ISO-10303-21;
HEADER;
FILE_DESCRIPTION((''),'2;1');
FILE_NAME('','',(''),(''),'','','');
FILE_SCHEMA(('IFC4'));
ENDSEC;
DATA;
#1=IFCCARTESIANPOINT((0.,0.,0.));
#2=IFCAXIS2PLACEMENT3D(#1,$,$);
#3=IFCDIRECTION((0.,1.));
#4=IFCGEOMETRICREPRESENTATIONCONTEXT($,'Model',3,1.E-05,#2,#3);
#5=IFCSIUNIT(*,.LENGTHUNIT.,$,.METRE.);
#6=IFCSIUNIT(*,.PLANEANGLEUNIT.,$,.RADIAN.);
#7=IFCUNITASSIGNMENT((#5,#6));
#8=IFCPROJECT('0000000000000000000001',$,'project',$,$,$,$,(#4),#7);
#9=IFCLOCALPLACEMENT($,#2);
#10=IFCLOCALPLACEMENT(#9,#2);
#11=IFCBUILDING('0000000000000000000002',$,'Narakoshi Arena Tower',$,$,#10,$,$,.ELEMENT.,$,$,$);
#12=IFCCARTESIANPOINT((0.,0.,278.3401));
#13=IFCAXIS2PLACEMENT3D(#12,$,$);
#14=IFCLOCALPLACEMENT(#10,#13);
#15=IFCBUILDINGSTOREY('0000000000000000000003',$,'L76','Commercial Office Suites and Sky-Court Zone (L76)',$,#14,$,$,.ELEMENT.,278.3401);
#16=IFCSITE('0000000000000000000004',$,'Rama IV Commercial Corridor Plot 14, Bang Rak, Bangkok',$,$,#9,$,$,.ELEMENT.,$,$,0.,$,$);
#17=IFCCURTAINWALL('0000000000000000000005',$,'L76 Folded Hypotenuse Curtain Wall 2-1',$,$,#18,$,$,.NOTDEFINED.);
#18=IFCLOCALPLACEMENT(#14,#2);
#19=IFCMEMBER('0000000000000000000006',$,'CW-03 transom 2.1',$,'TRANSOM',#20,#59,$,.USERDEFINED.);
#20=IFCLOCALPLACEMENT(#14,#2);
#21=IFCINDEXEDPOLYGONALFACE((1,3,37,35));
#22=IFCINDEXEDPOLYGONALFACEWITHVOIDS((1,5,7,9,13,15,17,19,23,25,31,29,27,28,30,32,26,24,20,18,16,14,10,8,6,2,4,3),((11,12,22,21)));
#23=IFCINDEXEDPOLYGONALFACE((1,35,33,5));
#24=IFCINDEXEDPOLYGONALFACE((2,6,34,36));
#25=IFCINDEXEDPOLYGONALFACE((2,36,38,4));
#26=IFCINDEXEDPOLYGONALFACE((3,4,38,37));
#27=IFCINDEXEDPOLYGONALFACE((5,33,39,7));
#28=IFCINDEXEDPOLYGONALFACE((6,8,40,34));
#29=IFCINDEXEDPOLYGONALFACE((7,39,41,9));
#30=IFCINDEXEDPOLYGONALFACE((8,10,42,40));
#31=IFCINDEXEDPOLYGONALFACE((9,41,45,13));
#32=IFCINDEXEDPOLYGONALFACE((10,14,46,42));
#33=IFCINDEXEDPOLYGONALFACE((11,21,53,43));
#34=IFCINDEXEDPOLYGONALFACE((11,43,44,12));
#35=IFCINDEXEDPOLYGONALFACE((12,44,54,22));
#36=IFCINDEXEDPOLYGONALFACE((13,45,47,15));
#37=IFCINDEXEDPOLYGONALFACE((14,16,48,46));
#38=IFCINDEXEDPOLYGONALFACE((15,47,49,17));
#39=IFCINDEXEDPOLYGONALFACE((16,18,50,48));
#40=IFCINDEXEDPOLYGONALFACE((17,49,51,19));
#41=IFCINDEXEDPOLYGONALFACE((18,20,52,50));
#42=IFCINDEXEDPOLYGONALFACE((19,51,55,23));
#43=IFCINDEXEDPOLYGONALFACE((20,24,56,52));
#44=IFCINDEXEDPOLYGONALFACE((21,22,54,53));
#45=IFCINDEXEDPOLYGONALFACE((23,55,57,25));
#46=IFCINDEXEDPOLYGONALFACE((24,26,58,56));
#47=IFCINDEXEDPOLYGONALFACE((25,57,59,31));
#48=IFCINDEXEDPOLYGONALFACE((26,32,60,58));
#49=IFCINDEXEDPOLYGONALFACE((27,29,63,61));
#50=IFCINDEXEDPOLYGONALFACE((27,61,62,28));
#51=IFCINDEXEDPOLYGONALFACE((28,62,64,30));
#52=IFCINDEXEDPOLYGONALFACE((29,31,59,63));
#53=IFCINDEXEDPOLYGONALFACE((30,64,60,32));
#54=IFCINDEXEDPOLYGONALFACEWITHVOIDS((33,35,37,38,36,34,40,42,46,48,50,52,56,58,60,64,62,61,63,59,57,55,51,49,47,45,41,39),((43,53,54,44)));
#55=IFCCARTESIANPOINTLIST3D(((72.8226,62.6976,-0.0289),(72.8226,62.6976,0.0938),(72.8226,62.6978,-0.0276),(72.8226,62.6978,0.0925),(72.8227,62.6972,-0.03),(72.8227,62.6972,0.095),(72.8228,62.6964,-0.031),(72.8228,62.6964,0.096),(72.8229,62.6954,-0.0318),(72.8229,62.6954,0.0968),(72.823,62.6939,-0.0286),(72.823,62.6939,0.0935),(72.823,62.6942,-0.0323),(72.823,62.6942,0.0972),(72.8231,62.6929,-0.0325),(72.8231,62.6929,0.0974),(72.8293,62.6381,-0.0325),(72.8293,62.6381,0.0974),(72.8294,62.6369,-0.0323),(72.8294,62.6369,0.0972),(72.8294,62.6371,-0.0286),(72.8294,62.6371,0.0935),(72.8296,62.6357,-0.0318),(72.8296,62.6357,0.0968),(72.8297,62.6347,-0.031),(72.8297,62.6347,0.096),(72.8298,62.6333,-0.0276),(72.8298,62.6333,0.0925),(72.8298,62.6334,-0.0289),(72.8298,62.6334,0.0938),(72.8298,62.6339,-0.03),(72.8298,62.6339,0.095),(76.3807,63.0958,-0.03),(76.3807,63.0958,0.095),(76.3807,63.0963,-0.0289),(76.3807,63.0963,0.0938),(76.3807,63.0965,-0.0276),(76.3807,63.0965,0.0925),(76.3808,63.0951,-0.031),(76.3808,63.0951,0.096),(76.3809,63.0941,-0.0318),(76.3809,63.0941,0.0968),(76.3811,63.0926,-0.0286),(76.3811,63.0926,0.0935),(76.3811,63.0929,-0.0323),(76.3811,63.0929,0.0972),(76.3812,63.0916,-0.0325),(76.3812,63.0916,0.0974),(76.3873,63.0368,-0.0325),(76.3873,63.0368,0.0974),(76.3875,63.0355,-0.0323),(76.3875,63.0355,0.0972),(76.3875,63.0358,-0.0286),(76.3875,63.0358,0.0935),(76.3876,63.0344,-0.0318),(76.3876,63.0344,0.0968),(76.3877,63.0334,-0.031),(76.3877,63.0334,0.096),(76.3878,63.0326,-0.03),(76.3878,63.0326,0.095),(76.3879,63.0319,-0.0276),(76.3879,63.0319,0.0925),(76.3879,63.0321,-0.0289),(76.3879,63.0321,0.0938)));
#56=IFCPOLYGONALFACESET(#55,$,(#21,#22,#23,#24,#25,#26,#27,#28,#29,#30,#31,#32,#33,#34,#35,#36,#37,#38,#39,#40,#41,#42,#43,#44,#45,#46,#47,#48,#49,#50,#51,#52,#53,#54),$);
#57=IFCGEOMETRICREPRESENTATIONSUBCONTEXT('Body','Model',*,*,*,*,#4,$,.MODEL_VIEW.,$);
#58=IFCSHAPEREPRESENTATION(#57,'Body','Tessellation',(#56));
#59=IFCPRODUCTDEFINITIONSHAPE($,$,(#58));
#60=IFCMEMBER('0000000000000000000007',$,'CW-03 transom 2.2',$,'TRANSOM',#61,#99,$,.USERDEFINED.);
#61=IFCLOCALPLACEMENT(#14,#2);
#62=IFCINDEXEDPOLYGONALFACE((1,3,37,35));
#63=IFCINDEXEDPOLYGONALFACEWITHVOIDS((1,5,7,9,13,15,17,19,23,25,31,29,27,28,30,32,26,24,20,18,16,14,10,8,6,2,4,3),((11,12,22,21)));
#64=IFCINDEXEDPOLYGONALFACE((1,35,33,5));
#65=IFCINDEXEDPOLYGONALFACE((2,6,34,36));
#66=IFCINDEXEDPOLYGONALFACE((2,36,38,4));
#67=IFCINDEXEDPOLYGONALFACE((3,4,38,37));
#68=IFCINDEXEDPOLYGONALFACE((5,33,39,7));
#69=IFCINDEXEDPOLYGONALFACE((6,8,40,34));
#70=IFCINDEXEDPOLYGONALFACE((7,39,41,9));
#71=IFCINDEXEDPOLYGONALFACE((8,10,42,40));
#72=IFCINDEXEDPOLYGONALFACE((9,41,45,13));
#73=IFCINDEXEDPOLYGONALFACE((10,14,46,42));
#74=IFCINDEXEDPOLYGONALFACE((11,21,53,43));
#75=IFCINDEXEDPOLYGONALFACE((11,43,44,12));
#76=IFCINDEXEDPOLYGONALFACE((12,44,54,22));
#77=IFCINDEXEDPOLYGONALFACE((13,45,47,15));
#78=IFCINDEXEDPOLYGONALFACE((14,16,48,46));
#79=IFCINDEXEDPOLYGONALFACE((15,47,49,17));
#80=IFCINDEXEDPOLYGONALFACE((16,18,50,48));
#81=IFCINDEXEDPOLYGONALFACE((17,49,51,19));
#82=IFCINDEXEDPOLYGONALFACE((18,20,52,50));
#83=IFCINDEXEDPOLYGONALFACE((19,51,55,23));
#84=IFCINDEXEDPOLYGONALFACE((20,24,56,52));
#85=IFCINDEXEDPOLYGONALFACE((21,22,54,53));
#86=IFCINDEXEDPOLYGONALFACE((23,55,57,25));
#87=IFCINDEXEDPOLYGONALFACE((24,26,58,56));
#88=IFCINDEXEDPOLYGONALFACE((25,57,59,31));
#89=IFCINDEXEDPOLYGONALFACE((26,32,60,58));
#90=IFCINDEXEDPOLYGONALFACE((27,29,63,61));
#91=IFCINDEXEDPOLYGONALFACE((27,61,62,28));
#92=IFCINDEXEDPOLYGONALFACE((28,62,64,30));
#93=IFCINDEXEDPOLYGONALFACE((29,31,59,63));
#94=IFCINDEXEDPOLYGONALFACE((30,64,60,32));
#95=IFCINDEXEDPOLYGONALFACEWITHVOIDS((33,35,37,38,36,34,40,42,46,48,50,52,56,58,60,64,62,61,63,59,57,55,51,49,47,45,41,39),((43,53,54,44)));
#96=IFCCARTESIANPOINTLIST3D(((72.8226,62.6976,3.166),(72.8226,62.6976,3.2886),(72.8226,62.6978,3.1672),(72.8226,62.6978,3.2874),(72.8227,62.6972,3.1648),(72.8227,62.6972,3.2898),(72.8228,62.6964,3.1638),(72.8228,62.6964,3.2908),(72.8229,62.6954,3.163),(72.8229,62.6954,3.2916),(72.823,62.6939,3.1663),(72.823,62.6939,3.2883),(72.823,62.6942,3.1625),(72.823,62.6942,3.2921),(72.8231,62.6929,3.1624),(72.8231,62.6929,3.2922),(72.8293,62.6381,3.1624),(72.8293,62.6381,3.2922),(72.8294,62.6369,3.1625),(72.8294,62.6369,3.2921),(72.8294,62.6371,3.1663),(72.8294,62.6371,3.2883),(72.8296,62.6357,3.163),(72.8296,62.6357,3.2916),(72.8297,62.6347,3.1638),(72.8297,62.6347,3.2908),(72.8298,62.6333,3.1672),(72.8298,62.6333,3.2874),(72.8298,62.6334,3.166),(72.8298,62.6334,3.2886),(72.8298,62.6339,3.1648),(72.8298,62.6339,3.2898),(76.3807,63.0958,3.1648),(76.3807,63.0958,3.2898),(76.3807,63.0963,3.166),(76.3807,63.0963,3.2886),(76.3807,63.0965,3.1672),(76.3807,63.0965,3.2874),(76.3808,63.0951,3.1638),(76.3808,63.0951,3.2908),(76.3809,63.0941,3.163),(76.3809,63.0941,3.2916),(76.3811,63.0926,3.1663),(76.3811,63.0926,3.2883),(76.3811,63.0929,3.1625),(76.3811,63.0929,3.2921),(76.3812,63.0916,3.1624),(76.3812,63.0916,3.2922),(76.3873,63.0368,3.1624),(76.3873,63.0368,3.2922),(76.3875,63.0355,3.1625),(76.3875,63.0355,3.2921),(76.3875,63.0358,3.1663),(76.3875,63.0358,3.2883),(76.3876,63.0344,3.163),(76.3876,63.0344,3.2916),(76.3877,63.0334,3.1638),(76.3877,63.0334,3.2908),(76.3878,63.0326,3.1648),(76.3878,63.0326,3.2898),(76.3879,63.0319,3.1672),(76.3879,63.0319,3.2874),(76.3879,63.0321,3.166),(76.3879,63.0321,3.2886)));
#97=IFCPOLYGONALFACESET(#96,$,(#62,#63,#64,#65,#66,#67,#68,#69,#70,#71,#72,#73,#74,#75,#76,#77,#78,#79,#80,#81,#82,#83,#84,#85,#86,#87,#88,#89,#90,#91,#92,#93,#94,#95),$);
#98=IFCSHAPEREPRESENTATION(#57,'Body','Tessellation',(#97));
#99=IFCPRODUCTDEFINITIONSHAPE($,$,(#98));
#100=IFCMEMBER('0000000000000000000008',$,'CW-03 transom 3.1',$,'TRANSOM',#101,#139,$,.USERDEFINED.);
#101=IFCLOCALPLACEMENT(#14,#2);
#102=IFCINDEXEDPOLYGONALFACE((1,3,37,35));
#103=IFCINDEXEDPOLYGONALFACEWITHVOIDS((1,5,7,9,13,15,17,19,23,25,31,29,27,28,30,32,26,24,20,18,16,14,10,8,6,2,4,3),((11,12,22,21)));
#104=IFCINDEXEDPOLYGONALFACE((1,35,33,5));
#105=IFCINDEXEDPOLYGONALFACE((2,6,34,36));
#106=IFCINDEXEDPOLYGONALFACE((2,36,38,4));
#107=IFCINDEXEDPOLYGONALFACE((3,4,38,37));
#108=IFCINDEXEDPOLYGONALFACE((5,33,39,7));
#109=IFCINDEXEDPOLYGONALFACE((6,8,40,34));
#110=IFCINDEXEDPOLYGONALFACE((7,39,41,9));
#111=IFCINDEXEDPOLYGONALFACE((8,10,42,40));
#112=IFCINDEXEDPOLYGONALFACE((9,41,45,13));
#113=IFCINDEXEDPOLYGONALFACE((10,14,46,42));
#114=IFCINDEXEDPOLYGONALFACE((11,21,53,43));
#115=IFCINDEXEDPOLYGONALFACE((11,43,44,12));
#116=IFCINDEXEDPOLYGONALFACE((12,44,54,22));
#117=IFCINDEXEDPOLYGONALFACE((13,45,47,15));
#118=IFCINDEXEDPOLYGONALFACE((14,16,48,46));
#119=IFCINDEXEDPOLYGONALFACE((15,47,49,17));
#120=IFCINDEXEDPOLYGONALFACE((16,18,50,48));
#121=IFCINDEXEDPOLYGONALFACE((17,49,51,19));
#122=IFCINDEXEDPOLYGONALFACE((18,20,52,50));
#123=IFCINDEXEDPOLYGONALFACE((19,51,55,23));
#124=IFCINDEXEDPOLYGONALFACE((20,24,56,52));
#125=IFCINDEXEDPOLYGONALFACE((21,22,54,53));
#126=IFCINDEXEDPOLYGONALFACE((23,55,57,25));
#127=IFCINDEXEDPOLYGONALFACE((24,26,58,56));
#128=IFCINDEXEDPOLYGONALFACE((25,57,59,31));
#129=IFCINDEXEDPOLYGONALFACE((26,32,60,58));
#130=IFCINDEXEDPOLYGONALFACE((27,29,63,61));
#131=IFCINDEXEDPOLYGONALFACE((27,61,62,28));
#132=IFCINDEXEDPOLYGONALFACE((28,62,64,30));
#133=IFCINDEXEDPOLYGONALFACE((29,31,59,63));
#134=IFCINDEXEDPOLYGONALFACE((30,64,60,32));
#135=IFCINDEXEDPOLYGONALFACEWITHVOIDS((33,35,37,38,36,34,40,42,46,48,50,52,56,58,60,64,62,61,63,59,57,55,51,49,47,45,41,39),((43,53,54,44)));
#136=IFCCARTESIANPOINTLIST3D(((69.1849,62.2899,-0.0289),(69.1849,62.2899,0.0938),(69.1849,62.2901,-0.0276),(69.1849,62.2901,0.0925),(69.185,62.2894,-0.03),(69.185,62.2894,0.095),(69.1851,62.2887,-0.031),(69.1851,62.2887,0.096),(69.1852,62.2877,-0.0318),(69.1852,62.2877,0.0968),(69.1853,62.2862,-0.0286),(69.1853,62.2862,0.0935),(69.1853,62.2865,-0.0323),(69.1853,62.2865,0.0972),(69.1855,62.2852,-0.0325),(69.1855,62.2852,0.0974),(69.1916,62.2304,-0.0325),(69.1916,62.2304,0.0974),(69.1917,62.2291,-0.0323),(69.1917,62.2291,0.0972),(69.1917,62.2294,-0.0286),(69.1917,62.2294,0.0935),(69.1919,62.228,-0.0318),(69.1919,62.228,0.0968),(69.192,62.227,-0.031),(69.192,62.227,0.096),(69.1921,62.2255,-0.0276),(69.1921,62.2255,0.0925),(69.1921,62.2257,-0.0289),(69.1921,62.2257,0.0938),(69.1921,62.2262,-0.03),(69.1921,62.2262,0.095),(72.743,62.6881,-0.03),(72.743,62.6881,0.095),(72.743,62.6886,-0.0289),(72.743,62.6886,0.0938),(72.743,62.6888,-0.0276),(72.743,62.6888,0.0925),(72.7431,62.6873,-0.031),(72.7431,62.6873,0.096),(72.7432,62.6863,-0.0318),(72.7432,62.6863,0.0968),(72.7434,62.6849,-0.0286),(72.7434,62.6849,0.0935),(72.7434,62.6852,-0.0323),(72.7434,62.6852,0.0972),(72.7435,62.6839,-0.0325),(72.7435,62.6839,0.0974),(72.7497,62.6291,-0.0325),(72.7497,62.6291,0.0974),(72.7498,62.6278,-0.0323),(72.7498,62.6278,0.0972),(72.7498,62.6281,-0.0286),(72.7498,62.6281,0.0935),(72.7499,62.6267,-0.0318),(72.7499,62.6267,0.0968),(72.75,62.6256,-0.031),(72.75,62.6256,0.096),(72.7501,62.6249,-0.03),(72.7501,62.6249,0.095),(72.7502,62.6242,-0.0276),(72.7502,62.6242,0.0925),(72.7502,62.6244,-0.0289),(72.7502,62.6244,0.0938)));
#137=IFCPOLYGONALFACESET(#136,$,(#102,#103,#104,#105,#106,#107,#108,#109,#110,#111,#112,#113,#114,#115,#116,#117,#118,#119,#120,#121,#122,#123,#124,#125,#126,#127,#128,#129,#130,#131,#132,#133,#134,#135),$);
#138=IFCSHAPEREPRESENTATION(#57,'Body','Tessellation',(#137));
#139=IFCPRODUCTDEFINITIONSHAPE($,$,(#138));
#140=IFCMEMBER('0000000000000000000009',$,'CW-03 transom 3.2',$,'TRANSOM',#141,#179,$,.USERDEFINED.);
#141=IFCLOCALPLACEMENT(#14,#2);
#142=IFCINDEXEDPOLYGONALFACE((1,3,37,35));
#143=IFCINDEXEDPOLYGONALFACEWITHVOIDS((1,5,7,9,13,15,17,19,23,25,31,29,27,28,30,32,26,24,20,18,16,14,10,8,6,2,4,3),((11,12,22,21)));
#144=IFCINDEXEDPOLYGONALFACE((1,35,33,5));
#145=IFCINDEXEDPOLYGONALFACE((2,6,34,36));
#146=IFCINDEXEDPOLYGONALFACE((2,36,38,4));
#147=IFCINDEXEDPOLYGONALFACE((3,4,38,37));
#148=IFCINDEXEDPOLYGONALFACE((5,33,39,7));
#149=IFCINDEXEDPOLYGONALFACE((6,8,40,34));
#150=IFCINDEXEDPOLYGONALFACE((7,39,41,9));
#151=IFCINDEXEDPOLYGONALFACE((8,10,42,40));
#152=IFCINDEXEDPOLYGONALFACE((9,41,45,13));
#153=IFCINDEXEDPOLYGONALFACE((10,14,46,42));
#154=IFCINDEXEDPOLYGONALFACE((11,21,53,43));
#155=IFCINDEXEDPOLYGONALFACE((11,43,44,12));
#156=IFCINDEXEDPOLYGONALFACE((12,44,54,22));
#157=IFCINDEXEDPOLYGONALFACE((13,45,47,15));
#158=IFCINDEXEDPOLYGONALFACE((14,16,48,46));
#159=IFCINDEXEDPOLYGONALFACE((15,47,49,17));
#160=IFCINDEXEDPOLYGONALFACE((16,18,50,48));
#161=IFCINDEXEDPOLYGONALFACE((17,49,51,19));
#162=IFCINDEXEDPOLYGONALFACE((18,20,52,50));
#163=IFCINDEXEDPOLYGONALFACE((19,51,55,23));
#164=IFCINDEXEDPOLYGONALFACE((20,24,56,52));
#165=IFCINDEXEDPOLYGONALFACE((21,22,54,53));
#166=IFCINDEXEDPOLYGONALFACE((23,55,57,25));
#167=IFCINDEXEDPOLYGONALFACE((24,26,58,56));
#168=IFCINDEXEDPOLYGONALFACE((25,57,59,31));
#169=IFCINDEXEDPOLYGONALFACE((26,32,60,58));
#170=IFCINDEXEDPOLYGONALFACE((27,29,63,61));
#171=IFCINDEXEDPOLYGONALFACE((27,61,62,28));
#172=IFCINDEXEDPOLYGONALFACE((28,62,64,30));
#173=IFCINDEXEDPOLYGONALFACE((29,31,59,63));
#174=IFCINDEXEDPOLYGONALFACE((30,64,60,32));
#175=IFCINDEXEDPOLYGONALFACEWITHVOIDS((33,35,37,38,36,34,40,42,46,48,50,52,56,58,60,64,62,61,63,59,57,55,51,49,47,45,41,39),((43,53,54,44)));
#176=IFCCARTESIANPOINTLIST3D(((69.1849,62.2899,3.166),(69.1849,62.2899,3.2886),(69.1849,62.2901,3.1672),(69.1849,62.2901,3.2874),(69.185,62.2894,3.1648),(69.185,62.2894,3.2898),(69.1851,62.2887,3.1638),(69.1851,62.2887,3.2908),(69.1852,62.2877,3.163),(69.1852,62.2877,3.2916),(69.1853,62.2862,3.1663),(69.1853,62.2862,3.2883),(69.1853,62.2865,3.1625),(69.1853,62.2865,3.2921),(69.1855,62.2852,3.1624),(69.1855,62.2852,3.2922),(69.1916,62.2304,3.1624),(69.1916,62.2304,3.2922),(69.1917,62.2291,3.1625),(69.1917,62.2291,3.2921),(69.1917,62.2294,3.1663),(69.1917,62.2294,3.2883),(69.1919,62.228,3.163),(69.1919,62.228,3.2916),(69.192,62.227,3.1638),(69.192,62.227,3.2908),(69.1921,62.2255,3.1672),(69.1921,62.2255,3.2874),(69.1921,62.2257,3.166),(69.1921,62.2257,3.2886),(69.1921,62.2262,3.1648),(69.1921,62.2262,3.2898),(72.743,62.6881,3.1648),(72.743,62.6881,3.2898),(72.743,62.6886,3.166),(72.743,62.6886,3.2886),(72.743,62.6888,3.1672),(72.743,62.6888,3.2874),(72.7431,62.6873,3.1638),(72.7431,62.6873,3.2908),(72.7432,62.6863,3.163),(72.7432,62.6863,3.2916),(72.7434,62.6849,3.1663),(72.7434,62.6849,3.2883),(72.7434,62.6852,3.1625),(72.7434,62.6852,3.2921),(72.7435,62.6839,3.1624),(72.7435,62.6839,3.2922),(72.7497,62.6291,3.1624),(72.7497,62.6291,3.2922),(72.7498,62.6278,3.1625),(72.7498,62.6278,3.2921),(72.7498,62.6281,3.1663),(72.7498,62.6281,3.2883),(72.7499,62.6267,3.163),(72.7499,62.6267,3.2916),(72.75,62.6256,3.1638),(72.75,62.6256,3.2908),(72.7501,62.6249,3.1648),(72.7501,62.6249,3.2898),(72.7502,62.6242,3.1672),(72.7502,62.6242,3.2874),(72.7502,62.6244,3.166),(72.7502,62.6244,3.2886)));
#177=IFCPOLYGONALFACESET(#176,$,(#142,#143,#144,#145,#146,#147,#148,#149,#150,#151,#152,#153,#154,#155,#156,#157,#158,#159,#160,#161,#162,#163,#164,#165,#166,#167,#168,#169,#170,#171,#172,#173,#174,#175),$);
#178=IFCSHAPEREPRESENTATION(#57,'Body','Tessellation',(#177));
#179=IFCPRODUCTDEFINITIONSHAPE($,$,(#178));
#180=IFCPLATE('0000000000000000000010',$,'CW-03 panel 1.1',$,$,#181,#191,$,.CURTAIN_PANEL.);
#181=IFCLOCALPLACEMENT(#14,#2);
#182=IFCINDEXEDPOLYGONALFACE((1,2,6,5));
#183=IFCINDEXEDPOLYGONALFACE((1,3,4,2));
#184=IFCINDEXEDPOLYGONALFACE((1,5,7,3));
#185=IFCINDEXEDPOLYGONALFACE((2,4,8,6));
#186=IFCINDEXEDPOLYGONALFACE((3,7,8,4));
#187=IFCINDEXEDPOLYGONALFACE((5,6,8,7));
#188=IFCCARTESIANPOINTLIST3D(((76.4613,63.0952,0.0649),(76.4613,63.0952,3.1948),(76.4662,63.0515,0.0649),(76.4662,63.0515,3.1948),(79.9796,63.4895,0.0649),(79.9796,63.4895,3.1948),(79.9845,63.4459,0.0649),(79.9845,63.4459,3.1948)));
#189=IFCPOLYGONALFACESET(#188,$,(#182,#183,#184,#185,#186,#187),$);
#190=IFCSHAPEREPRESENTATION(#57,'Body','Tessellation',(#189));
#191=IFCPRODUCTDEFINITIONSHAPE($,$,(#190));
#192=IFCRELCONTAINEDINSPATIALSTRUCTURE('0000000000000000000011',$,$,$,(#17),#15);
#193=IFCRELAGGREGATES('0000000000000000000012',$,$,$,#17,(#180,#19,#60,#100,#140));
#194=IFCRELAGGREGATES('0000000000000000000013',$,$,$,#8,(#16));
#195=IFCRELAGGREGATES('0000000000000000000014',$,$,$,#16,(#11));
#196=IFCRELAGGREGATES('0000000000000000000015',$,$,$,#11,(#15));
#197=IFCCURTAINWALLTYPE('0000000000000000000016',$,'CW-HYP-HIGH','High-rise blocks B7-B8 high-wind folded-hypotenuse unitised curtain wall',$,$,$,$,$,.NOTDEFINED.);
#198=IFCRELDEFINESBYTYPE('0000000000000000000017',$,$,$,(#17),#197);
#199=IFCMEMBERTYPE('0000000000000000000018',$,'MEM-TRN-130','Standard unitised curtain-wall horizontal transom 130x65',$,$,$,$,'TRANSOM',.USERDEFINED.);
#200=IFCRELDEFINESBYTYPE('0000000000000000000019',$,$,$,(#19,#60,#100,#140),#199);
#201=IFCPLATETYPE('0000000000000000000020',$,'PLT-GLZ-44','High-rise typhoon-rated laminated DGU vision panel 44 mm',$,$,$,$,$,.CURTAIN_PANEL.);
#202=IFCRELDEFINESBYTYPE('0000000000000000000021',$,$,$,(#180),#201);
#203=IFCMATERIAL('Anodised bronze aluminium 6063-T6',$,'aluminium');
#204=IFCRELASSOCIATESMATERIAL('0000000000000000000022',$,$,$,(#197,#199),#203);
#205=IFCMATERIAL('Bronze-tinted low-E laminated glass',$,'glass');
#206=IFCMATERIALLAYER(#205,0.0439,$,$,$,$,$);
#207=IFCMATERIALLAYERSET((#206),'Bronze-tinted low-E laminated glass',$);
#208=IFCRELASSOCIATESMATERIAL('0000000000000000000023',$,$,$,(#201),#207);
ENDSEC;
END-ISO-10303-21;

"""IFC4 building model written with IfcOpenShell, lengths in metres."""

from ifc_helpers import new_model, si_unit, direction, frame, origin, origin_2d, place, context, subcontext, project, spatial, rectangle, hollow_rectangle, extrude, material, layer, layer_set, material_profile, profile_set, type_object, element, aggregate, save


model = new_model("IFC4")

# Units and contexts
model_context = context("Model", 3, precision=1e-05, world=origin(), true_north=direction((0.0, 1.0)))
body_context = subcontext(model_context, "Body", "Model", "MODEL_VIEW")
ifc_project = project(units=[si_unit("LENGTHUNIT", "METRE"), si_unit("PLANEANGLEUNIT", "RADIAN")], contexts=[model_context])

# Site, building, storey
site_placement = place(None, origin())
site = spatial("IfcSite", under=ifc_project, at=site_placement, Name="Rama IV Commercial Corridor Plot 14, Bang Rak, Bangkok", CompositionType="ELEMENT", RefElevation=0.0)
building_placement = place(site_placement, origin())
building = spatial("IfcBuilding", under=site, at=building_placement, Name="Narakoshi Arena Tower", CompositionType="ELEMENT")
storey_placement = place(building_placement, frame((0.0, 0.0, 278.3401)))
storey = spatial("IfcBuildingStorey", under=building, at=storey_placement, Name="L76", Description="Commercial Office Suites and Sky-Court Zone (L76)", CompositionType="ELEMENT", Elevation=278.3401)

# Curtain wall, members, plate
ifc_material_1 = material(Name="Anodised bronze aluminium 6063-T6", Category="aluminium")
curtain_wall_type = type_object("IfcCurtainWallType", Name="CW-HYP-HIGH", Description="High-rise blocks B7-B8 high-wind folded-hypotenuse unitised curtain wall", PredefinedType="NOTDEFINED", material=ifc_material_1)
curtain_wall_placement = place(storey_placement, origin())
curtain_wall = element("IfcCurtainWall", 1, at=curtain_wall_placement, inside=storey, type_object=curtain_wall_type, Name="L76 Folded Hypotenuse Curtain Wall 2-1", PredefinedType="NOTDEFINED")
ifc_material_profile_1 = material_profile(ifc_material_1, hollow_rectangle(XDim=0.0649, YDim=0.1299, WallThickness=0.0039, OuterFilletRadius=0.0049, at=origin_2d()), Name="TRN130x65x4")
ifc_profile_set_1 = profile_set([ifc_material_profile_1], Name="Anodised bronze aluminium 6063-T6")
member_type_1 = type_object("IfcMemberType", Name="MEM-TRN-130", Description="Standard unitised curtain-wall horizontal transom 130x65", ElementType="TRANSOM", PredefinedType="USERDEFINED", material=ifc_profile_set_1)
member_1_placement = place(storey_placement, frame((76.3843, 63.0642, 0.0325), z_axis=(-0.993781, -0.111352, 0.0), x_axis=(0.111352, -0.993781, 0.0)))
member_1 = element("IfcMember", 2, at=member_1_placement, type_object=member_type_1, Name="CW-03 transom 2.1", ObjectType="TRANSOM", PredefinedType="USERDEFINED", context=body_context, shape_type="SweptSolid", body=[
    extrude(hollow_rectangle(XDim=0.0649, YDim=0.1299, WallThickness=0.0039, OuterFilletRadius=0.0049, at=origin_2d()), origin(), (0.0, 0.0, 1.0), 3.5803),
])
member_2_placement = place(storey_placement, frame((76.3843, 63.0642, 3.2273), z_axis=(-0.993781, -0.111352, 0.0), x_axis=(0.111352, -0.993781, 0.0)))
member_2 = element("IfcMember", 3, at=member_2_placement, type_object=member_type_1, Name="CW-03 transom 2.2", ObjectType="TRANSOM", PredefinedType="USERDEFINED", context=body_context, shape_type="SweptSolid", body=[
    extrude(hollow_rectangle(XDim=0.0649, YDim=0.1299, WallThickness=0.0039, OuterFilletRadius=0.0049, at=origin_2d()), origin(), (0.0, 0.0, 1.0), 3.5803),
])
member_3_placement = place(storey_placement, frame((72.7466, 62.6565, 0.0325), z_axis=(-0.993781, -0.111352, 0.0), x_axis=(0.111352, -0.993781, 0.0)))
member_3 = element("IfcMember", 4, at=member_3_placement, type_object=member_type_1, Name="CW-03 transom 3.1", ObjectType="TRANSOM", PredefinedType="USERDEFINED", context=body_context, shape_type="SweptSolid", body=[
    extrude(hollow_rectangle(XDim=0.0649, YDim=0.1299, WallThickness=0.0039, OuterFilletRadius=0.0049, at=origin_2d()), origin(), (0.0, 0.0, 1.0), 3.5803),
])
member_4_placement = place(storey_placement, frame((72.7466, 62.6565, 3.2273), z_axis=(-0.993781, -0.111352, 0.0), x_axis=(0.111352, -0.993781, 0.0)))
member_4 = element("IfcMember", 5, at=member_4_placement, type_object=member_type_1, Name="CW-03 transom 3.2", ObjectType="TRANSOM", PredefinedType="USERDEFINED", context=body_context, shape_type="SweptSolid", body=[
    extrude(hollow_rectangle(XDim=0.0649, YDim=0.1299, WallThickness=0.0039, OuterFilletRadius=0.0049, at=origin_2d()), origin(), (0.0, 0.0, 1.0), 3.5803),
])
ifc_material_2 = material(Name="Bronze-tinted low-E laminated glass", Category="glass")
ifc_layer_1 = layer(ifc_material_2, 0.0439)
ifc_layer_set_1 = layer_set([ifc_layer_1], Name="Bronze-tinted low-E laminated glass")
plate_type = type_object("IfcPlateType", Name="PLT-GLZ-44", Description="High-rise typhoon-rated laminated DGU vision panel 44 mm", PredefinedType="CURTAIN_PANEL", material=ifc_layer_set_1)
plate_1_placement = place(storey_placement, frame((78.2229, 63.2705, 0.0649), z_axis=(0.0, 0.0, 1.0), x_axis=(-0.993776, -0.111396, 0.0)))
plate_1 = element("IfcPlate", 6, at=plate_1_placement, type_object=plate_type, Name="CW-03 panel 1.1", PredefinedType="CURTAIN_PANEL", context=body_context, shape_type="SweptSolid", body=[
    extrude(rectangle(XDim=3.5403, YDim=0.0439, at=origin_2d()), origin(), (0.0, 0.0, 1.0), 3.1299),
])
aggregate(curtain_wall, [plate_1, member_1, member_2, member_3, member_4])

save(model, "model.ifc")
